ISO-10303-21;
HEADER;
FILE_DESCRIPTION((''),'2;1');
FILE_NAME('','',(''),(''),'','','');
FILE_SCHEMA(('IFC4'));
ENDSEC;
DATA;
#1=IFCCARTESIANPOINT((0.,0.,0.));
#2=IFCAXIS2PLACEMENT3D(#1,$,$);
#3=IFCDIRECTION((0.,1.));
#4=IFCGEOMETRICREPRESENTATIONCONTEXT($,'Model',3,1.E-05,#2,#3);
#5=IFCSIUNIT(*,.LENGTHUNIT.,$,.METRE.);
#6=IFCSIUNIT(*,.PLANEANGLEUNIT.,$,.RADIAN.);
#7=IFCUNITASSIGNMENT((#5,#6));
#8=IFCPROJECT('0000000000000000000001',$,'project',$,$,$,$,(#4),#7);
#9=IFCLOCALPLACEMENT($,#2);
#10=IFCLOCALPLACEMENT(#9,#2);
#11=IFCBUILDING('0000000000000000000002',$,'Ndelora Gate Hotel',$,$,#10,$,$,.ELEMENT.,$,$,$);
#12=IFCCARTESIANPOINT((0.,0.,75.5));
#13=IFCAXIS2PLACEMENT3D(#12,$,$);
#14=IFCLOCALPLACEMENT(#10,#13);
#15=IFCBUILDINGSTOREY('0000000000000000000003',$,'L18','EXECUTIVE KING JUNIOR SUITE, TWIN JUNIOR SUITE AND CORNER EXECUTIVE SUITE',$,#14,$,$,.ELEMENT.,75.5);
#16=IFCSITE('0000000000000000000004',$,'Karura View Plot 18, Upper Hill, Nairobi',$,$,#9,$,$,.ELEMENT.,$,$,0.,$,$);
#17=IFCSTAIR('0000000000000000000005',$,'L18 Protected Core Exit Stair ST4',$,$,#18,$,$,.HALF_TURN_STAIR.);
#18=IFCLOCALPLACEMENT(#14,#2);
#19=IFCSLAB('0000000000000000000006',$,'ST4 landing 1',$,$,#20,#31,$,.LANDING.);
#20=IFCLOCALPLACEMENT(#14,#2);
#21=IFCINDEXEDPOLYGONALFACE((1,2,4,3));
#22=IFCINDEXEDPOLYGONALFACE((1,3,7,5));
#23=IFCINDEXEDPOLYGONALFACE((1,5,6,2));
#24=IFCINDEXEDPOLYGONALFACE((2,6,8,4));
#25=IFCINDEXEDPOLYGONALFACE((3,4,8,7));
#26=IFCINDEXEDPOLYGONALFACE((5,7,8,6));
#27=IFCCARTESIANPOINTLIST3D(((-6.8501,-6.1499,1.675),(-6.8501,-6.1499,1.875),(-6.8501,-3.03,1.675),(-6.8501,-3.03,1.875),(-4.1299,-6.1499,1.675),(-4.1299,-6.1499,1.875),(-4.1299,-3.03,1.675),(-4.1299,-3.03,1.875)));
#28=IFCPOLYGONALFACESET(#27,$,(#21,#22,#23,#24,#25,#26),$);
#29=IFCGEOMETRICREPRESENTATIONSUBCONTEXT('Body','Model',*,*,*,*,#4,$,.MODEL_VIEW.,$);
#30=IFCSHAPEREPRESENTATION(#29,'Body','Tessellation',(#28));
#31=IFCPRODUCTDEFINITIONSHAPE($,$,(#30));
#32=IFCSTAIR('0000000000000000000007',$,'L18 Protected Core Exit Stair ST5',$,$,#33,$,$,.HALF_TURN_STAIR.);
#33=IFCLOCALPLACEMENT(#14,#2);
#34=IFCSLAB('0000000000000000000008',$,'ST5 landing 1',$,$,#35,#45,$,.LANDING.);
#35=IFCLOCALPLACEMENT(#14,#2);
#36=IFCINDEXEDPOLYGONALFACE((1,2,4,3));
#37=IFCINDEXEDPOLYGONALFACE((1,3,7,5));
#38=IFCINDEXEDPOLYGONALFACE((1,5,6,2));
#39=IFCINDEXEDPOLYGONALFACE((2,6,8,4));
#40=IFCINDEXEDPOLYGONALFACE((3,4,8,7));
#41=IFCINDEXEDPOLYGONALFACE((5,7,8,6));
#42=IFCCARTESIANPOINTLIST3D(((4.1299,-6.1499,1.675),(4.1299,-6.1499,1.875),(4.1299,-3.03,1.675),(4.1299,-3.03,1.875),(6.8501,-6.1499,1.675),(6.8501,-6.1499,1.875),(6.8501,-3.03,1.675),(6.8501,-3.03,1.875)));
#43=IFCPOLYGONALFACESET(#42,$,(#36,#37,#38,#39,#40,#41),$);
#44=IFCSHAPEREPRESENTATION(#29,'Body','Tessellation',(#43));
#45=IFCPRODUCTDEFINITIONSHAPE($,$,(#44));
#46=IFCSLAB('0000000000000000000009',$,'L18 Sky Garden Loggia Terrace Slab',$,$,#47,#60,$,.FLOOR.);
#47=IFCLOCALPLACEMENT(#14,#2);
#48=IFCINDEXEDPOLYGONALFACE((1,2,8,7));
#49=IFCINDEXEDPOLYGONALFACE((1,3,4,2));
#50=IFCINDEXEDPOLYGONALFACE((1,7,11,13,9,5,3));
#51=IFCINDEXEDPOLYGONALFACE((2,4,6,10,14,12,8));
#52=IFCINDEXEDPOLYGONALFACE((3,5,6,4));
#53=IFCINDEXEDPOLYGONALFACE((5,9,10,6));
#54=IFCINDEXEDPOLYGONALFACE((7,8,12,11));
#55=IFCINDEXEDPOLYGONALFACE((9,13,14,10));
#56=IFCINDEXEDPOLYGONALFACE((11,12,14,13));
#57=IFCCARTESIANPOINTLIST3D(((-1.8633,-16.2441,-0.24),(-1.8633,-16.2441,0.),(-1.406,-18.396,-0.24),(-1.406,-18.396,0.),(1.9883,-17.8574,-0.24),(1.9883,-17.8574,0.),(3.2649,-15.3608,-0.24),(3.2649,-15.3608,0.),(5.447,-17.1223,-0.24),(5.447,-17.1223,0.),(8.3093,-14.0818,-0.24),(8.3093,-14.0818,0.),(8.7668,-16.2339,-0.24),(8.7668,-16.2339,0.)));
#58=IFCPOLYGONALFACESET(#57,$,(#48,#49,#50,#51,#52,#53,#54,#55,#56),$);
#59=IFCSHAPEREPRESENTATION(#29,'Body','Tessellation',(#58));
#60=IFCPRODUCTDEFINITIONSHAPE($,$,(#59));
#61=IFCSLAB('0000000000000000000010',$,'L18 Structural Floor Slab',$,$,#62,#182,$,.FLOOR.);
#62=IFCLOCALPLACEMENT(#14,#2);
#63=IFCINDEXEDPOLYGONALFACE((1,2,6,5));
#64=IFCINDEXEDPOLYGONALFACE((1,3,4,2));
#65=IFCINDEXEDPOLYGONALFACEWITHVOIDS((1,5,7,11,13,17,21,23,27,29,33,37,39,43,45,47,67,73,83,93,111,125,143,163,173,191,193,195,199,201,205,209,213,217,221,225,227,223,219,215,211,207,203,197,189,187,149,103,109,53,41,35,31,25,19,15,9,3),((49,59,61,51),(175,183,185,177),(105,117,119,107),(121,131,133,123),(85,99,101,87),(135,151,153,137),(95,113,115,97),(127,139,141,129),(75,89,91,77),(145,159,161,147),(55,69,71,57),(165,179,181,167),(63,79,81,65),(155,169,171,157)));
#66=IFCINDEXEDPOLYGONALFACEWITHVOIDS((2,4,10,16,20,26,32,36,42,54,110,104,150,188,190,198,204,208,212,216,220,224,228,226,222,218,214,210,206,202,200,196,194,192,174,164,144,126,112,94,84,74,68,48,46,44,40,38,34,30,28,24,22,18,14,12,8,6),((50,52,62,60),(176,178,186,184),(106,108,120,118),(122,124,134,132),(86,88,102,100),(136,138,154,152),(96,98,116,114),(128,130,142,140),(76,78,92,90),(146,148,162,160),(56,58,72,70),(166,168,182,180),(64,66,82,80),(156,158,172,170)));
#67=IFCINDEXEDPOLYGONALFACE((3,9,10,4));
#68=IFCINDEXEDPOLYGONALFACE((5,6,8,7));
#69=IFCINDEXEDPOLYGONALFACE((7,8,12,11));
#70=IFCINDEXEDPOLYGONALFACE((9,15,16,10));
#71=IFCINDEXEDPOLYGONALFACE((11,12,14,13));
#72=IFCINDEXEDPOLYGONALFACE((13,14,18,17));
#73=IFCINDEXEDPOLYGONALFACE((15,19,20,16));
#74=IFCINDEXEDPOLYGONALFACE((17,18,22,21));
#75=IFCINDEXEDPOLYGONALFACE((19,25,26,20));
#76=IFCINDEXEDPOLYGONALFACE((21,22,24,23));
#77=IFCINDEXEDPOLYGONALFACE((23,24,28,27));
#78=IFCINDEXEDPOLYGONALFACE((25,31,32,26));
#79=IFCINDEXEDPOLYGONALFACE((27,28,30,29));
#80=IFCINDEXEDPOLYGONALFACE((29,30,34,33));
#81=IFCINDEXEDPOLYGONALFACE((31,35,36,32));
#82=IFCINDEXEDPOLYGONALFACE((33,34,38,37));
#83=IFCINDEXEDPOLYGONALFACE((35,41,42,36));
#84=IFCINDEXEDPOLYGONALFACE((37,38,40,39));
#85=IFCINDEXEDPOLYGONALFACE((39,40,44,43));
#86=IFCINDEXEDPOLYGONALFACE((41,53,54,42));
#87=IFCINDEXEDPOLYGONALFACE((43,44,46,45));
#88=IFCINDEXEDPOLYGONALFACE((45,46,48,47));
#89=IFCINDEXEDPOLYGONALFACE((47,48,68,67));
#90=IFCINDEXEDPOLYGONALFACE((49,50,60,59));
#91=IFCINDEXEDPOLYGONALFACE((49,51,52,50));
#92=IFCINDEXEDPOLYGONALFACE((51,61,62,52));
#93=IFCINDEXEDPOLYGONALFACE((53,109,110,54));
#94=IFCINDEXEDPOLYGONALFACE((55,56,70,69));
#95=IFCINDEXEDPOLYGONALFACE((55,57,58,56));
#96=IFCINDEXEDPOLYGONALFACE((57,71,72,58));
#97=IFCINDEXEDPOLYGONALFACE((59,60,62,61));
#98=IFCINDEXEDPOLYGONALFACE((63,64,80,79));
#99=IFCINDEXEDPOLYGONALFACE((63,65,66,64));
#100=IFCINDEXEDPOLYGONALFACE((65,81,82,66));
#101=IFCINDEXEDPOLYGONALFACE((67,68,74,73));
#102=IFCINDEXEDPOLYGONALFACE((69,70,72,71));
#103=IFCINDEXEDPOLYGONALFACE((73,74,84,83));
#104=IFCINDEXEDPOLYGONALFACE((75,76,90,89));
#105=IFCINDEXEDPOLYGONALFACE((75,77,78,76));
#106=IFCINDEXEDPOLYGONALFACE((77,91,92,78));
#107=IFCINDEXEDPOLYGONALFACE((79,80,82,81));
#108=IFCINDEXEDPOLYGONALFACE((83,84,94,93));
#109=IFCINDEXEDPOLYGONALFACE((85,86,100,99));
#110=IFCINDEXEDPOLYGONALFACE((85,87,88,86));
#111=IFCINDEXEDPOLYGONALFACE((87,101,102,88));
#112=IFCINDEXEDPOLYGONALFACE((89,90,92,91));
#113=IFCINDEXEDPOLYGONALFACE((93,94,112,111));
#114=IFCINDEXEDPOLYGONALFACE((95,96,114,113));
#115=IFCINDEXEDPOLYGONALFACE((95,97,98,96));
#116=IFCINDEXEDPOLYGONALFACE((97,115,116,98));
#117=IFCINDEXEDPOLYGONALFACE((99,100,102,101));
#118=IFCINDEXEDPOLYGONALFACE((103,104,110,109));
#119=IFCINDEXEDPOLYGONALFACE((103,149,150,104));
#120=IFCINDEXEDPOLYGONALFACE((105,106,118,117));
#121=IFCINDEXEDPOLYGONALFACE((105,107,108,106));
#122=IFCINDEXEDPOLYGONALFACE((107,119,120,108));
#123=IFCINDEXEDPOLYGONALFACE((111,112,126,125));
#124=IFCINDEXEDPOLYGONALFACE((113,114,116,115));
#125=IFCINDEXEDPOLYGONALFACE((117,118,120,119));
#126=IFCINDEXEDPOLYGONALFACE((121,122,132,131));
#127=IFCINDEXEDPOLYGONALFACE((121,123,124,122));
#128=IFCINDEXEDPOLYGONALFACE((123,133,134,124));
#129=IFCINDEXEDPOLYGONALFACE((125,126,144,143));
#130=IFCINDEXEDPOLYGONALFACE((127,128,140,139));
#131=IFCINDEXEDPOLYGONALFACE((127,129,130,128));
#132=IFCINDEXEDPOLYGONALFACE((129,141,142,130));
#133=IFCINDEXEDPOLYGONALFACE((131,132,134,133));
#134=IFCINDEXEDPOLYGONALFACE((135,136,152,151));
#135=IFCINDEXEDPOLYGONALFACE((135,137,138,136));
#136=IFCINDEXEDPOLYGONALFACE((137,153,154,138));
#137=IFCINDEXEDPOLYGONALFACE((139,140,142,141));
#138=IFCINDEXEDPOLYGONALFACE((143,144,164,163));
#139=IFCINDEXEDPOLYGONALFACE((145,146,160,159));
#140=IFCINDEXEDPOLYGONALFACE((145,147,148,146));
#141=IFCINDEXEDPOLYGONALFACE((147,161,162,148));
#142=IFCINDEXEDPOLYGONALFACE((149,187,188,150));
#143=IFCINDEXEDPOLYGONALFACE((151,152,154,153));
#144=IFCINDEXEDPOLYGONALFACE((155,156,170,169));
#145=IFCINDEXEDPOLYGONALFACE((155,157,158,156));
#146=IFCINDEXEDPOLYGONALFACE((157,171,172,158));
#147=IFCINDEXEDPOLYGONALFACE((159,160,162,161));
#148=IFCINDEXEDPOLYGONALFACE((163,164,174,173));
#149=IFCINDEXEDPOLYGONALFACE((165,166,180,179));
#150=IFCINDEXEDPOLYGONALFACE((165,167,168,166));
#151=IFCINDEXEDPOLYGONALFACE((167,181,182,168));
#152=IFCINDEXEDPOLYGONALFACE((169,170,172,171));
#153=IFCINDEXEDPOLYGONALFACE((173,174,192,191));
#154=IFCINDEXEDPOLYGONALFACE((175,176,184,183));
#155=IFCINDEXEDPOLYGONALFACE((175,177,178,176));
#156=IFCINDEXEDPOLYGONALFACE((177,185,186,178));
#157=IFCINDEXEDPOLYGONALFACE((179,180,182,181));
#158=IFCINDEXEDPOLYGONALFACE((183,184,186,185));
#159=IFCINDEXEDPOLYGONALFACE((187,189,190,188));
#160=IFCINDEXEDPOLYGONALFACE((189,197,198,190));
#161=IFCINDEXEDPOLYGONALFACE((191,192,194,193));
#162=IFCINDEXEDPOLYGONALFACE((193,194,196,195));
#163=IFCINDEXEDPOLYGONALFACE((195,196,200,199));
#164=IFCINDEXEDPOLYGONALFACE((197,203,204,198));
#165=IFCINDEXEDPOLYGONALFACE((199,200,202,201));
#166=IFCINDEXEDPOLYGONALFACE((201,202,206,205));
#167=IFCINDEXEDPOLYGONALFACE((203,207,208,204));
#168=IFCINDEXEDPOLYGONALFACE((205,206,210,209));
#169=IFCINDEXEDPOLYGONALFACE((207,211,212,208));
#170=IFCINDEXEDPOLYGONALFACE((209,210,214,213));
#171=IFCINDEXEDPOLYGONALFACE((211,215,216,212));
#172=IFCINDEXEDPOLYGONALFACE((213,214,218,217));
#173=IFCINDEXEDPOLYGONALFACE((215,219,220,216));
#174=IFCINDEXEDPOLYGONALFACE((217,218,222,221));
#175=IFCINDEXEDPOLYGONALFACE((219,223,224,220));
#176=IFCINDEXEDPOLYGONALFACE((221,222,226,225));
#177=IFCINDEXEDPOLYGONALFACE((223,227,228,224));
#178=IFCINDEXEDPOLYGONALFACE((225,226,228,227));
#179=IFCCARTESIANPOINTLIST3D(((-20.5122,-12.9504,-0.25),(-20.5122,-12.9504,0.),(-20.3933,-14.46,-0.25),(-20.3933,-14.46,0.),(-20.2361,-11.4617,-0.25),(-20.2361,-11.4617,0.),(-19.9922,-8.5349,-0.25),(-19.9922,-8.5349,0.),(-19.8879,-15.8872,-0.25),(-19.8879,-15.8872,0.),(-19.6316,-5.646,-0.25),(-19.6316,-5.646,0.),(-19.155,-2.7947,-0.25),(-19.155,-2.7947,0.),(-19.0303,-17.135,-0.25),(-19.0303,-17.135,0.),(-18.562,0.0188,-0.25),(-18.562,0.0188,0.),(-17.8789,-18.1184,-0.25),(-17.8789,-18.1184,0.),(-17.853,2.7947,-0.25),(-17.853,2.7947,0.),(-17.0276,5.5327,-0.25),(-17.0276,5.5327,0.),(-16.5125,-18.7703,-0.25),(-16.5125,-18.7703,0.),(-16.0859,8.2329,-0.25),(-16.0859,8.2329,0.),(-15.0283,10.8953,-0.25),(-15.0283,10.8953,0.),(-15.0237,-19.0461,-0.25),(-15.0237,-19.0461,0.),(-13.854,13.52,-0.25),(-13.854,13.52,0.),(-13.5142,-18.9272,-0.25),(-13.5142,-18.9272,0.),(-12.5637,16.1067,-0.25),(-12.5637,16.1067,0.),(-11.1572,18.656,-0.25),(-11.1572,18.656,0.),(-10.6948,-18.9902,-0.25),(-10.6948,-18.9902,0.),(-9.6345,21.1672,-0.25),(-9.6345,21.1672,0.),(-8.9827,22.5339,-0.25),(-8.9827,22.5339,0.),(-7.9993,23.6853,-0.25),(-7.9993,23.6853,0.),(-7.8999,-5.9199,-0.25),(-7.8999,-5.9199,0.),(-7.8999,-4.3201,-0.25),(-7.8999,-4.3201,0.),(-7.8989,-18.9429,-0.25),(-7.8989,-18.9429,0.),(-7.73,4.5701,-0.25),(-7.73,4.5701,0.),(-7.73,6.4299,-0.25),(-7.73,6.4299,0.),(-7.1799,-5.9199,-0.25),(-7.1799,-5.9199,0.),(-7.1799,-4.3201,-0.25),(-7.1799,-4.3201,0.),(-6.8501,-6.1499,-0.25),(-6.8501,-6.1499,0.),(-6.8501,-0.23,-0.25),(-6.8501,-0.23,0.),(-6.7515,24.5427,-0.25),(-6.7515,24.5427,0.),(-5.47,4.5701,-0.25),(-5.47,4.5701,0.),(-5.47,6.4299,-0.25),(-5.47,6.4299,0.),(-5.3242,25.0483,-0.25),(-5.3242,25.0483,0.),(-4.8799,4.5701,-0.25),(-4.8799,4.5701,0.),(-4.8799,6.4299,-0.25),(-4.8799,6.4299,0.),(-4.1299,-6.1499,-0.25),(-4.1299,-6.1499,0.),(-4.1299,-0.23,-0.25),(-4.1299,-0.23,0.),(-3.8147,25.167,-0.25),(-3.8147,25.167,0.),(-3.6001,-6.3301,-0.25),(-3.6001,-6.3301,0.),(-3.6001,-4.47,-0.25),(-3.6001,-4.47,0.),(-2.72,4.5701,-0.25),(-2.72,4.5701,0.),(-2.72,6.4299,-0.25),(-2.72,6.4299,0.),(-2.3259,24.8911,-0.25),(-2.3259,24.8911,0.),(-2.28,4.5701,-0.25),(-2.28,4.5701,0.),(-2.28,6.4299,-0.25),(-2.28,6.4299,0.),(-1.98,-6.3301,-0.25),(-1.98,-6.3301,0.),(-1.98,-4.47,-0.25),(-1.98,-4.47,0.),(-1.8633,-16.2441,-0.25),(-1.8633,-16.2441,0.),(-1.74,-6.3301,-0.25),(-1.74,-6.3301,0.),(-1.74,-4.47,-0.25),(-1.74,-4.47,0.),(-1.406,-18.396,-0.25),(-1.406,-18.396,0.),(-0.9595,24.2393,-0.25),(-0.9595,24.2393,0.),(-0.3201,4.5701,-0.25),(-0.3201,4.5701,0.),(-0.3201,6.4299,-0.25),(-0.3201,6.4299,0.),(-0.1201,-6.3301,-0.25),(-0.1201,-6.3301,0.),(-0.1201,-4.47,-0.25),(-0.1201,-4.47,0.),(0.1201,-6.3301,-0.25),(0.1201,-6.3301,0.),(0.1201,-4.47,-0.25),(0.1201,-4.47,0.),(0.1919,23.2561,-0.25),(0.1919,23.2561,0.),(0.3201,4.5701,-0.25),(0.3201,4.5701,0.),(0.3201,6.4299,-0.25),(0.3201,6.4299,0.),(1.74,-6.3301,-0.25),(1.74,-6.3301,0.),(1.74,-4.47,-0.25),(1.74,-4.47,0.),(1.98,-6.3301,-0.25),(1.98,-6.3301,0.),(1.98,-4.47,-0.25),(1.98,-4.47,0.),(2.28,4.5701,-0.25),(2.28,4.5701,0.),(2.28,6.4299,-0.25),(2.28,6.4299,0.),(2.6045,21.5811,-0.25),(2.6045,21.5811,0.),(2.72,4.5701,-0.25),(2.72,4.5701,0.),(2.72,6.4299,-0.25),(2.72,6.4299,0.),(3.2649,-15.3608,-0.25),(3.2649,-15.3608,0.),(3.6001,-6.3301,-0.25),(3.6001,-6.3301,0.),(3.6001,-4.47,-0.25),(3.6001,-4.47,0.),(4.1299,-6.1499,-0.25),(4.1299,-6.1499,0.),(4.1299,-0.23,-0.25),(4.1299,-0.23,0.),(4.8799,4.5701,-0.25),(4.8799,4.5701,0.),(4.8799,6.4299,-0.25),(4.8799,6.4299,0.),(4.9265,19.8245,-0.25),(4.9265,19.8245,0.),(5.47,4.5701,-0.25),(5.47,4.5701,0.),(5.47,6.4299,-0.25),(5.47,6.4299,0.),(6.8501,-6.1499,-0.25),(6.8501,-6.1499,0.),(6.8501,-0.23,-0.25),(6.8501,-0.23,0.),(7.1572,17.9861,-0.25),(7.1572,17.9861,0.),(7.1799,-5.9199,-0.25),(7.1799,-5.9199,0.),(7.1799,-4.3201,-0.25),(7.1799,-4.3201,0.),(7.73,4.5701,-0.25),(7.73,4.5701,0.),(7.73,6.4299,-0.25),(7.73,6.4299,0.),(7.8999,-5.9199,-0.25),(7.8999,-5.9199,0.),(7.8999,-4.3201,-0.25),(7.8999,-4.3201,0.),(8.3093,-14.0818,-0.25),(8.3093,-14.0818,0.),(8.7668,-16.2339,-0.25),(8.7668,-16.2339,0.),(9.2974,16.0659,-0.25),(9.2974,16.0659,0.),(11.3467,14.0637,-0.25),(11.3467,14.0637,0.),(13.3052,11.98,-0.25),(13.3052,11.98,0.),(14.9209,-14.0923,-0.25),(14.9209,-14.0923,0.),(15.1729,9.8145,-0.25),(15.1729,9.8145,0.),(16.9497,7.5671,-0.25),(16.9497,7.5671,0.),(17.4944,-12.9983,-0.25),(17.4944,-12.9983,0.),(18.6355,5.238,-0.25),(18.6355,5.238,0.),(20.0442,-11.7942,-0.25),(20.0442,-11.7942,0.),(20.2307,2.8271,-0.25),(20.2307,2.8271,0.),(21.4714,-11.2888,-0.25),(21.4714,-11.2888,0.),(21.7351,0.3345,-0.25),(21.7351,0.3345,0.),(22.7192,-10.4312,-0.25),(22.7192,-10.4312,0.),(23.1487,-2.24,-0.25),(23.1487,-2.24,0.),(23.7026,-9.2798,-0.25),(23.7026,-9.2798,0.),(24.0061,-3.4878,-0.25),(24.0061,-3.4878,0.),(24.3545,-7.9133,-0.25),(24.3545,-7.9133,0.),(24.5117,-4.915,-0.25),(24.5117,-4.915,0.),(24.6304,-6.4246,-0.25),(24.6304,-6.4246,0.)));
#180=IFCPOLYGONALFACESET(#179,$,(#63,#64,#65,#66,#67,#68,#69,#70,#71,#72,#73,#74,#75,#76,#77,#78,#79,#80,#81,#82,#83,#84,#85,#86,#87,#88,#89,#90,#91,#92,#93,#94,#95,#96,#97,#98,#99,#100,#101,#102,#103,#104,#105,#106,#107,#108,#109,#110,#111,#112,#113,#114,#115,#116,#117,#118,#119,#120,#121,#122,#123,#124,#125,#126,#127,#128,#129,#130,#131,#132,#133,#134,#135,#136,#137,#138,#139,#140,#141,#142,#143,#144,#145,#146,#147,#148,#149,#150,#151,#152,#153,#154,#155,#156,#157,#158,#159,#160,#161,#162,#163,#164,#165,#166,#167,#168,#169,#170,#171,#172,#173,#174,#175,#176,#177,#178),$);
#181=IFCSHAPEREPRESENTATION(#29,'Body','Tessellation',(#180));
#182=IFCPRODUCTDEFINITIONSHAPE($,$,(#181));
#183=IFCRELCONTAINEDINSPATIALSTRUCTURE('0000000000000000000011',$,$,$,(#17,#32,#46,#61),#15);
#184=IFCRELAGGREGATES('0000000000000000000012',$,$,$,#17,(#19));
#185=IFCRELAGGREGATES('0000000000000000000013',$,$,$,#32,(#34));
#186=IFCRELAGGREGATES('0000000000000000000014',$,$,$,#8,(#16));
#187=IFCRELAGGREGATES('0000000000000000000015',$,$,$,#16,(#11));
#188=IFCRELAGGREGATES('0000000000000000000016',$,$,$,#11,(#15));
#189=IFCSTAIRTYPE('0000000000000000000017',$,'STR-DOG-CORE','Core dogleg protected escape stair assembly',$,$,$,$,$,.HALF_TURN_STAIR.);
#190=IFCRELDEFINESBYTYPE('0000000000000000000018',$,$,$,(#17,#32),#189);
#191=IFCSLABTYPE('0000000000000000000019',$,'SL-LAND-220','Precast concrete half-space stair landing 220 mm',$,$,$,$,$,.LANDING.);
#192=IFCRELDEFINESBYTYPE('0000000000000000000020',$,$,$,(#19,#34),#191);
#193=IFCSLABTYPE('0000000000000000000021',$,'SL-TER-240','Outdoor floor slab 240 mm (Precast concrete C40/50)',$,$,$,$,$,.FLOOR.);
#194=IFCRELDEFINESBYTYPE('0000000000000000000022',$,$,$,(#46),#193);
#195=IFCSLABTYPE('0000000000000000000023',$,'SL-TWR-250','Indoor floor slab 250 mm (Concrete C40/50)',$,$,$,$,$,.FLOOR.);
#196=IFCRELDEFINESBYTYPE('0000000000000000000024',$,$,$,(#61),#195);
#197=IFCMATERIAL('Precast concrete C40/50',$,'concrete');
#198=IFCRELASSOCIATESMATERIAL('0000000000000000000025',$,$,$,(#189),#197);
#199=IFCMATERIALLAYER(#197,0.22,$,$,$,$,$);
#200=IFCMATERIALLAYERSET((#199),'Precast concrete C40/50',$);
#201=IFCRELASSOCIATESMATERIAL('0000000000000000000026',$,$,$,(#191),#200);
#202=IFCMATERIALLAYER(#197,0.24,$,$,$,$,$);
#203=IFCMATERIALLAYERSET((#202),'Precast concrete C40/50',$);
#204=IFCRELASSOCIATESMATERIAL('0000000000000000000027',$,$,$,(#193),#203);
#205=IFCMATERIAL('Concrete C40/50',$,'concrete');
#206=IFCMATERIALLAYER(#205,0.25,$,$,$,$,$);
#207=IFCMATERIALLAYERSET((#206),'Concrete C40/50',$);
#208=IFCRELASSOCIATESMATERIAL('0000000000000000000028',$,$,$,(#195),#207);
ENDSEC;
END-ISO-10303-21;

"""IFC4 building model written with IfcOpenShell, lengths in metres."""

from ifc_helpers import new_model, si_unit, direction, frame, origin, place, context, subcontext, project, spatial, polyline, outline, extrude, material, layer, layer_set, type_object, element, aggregate, save


model = new_model("IFC4")

# Units and contexts
model_context = context("Model", 3, precision=1e-05, world=origin(), true_north=direction((0.0, 1.0)))
body_context = subcontext(model_context, "Body", "Model", "MODEL_VIEW")
ifc_project = project(units=[si_unit("LENGTHUNIT", "METRE"), si_unit("PLANEANGLEUNIT", "RADIAN")], contexts=[model_context])

# Site, building, storey
site_placement = place(None, origin())
site = spatial("IfcSite", under=ifc_project, at=site_placement, Name="Karura View Plot 18, Upper Hill, Nairobi", CompositionType="ELEMENT", RefElevation=0.0)
building_placement = place(site_placement, origin())
building = spatial("IfcBuilding", under=site, at=building_placement, Name="Ndelora Gate Hotel", CompositionType="ELEMENT")
storey_placement = place(building_placement, frame((0.0, 0.0, 75.5)))
storey = spatial("IfcBuildingStorey", under=building, at=storey_placement, Name="L18", Description="EXECUTIVE KING JUNIOR SUITE, TWIN JUNIOR SUITE AND CORNER EXECUTIVE SUITE", CompositionType="ELEMENT", Elevation=75.5)

# Stairs, slabs
ifc_material_1 = material(Name="Precast concrete C40/50", Category="concrete")
stair_type = type_object("IfcStairType", Name="STR-DOG-CORE", Description="Core dogleg protected escape stair assembly", PredefinedType="HALF_TURN_STAIR", material=ifc_material_1)
stair_1_placement = place(storey_placement, origin())
stair_1 = element("IfcStair", 1, at=stair_1_placement, inside=storey, type_object=stair_type, Name="L18 Protected Core Exit Stair ST4", PredefinedType="HALF_TURN_STAIR")
ifc_layer_1 = layer(ifc_material_1, 0.22)
ifc_layer_set_1 = layer_set([ifc_layer_1], Name="Precast concrete C40/50")
slab_type_1 = type_object("IfcSlabType", Name="SL-LAND-220", Description="Precast concrete half-space stair landing 220 mm", PredefinedType="LANDING", material=ifc_layer_set_1)
slab_1_placement = place(storey_placement, frame((0.0, 0.0, 1.675)))
slab_1 = element("IfcSlab", 2, at=slab_1_placement, type_object=slab_type_1, Name="ST4 landing 1", PredefinedType="LANDING", context=body_context, shape_type="SweptSolid", body=[
    extrude(outline(polyline([(-6.8501, -3.03), (-6.8501, -6.1499), (-4.1299, -6.1499), (-4.1299, -3.03), (-6.8501, -3.03)])), origin(), (0.0, 0.0, 1.0), 0.2),
])
aggregate(stair_1, [slab_1])
stair_2_placement = place(storey_placement, origin())
stair_2 = element("IfcStair", 3, at=stair_2_placement, inside=storey, type_object=stair_type, Name="L18 Protected Core Exit Stair ST5", PredefinedType="HALF_TURN_STAIR")
slab_2_placement = place(storey_placement, frame((0.0, 0.0, 1.675)))
slab_2 = element("IfcSlab", 4, at=slab_2_placement, type_object=slab_type_1, Name="ST5 landing 1", PredefinedType="LANDING", context=body_context, shape_type="SweptSolid", body=[
    extrude(outline(polyline([(4.1299, -3.03), (4.1299, -6.1499), (6.8501, -6.1499), (6.8501, -3.03), (4.1299, -3.03)])), origin(), (0.0, 0.0, 1.0), 0.2),
])

# Slabs
ifc_layer_2 = layer(ifc_material_1, 0.24)
ifc_layer_set_2 = layer_set([ifc_layer_2], Name="Precast concrete C40/50")
slab_type_2 = type_object("IfcSlabType", Name="SL-TER-240", Description="Outdoor floor slab 240 mm (Precast concrete C40/50)", PredefinedType="FLOOR", material=ifc_layer_set_2)
slab_3_placement = place(storey_placement, frame((0.0, 0.0, -0.24)))
element("IfcSlab", 5, at=slab_3_placement, inside=storey, type_object=slab_type_2, Name="L18 Sky Garden Loggia Terrace Slab", PredefinedType="FLOOR", context=body_context, shape_type="SweptSolid", body=[
    extrude(outline(polyline([(-1.8633, -16.2441), (-1.406, -18.396), (1.9883, -17.8574), (5.447, -17.1223), (8.7668, -16.2339), (8.3093, -14.0818), (3.2649, -15.3608), (-1.8633, -16.2441)])), origin(), (0.0, 0.0, 1.0), 0.24),
])
ifc_material_2 = material(Name="Concrete C40/50", Category="concrete")
ifc_layer_3 = layer(ifc_material_2, 0.25)
ifc_layer_set_3 = layer_set([ifc_layer_3], Name="Concrete C40/50")
slab_type_3 = type_object("IfcSlabType", Name="SL-TWR-250", Description="Indoor floor slab 250 mm (Concrete C40/50)", PredefinedType="FLOOR", material=ifc_layer_set_3)
slab_4_placement = place(storey_placement, frame((0.0, 0.0, -0.25)))
element("IfcSlab", 6, at=slab_4_placement, inside=storey, type_object=slab_type_3, Name="L18 Structural Floor Slab", PredefinedType="FLOOR", context=body_context, shape_type="SweptSolid", body=[
    extrude(outline(polyline([(0.1919, 23.2561), (-0.9595, 24.2393), (-2.3259, 24.8911), (-3.8147, 25.167), (-5.3242, 25.0483), (-6.7515, 24.5427), (-7.9993, 23.6853), (-8.9827, 22.5339), (-9.6345, 21.1672), (-11.1572, 18.656), (-12.5637, 16.1067), (-13.854, 13.52), (-15.0283, 10.8953), (-16.0859, 8.2329), (-17.0276, 5.5327), (-17.853, 2.7947), (-18.562, 0.0188), (-19.155, -2.7947), (-19.6316, -5.646), (-19.9922, -8.5349), (-20.2361, -11.4617), (-20.5122, -12.9504), (-20.3933, -14.46), (-19.8879, -15.8872), (-19.0303, -17.135), (-17.8789, -18.1184), (-16.5125, -18.7703), (-15.0237, -19.0461), (-13.5142, -18.9272), (-10.6948, -18.9902), (-7.8989, -18.9429), (-1.406, -18.396), (-1.8633, -16.2441), (3.2649, -15.3608), (8.3093, -14.0818), (8.7668, -16.2339), (14.9209, -14.0923), (17.4944, -12.9983), (20.0442, -11.7942), (21.4714, -11.2888), (22.7192, -10.4312), (23.7026, -9.2798), (24.3545, -7.9133), (24.6304, -6.4246), (24.5117, -4.915), (24.0061, -3.4878), (23.1487, -2.24), (21.7351, 0.3345), (20.2307, 2.8271), (18.6355, 5.238), (16.9497, 7.5671), (15.1729, 9.8145), (13.3052, 11.98), (11.3467, 14.0637), (9.2974, 16.0659), (7.1572, 17.9861), (4.9265, 19.8245), (2.6045, 21.5811), (0.1919, 23.2561)]), holes=[polyline([(-6.8501, -0.23), (-6.8501, -6.1499), (-4.1299, -6.1499), (-4.1299, -0.23), (-6.8501, -0.23)]), polyline([(4.1299, -0.23), (4.1299, -6.1499), (6.8501, -6.1499), (6.8501, -0.23), (4.1299, -0.23)]), polyline([(-7.73, 4.5701), (-5.47, 4.5701), (-5.47, 6.4299), (-7.73, 6.4299), (-7.73, 4.5701)]), polyline([(5.47, 4.5701), (7.73, 4.5701), (7.73, 6.4299), (5.47, 6.4299), (5.47, 4.5701)]), polyline([(-4.8799, 4.5701), (-2.72, 4.5701), (-2.72, 6.4299), (-4.8799, 6.4299), (-4.8799, 4.5701)]), polyline([(2.72, 4.5701), (4.8799, 4.5701), (4.8799, 6.4299), (2.72, 6.4299), (2.72, 4.5701)]), polyline([(-3.6001, -6.3301), (-1.98, -6.3301), (-1.98, -4.47), (-3.6001, -4.47), (-3.6001, -6.3301)]), polyline([(-1.74, -6.3301), (-0.1201, -6.3301), (-0.1201, -4.47), (-1.74, -4.47), (-1.74, -6.3301)]), polyline([(0.1201, -6.3301), (1.74, -6.3301), (1.74, -4.47), (0.1201, -4.47), (0.1201, -6.3301)]), polyline([(1.98, -6.3301), (3.6001, -6.3301), (3.6001, -4.47), (1.98, -4.47), (1.98, -6.3301)]), polyline([(-2.28, 4.5701), (-0.3201, 4.5701), (-0.3201, 6.4299), (-2.28, 6.4299), (-2.28, 4.5701)]), polyline([(0.3201, 4.5701), (2.28, 4.5701), (2.28, 6.4299), (0.3201, 6.4299), (0.3201, 4.5701)]), polyline([(-7.8999, -5.9199), (-7.1799, -5.9199), (-7.1799, -4.3201), (-7.8999, -4.3201), (-7.8999, -5.9199)]), polyline([(7.1799, -5.9199), (7.8999, -5.9199), (7.8999, -4.3201), (7.1799, -4.3201), (7.1799, -5.9199)])]), origin(), (0.0, 0.0, 1.0), 0.25),
])

aggregate(stair_2, [slab_2])

save(model, "model.ifc")
